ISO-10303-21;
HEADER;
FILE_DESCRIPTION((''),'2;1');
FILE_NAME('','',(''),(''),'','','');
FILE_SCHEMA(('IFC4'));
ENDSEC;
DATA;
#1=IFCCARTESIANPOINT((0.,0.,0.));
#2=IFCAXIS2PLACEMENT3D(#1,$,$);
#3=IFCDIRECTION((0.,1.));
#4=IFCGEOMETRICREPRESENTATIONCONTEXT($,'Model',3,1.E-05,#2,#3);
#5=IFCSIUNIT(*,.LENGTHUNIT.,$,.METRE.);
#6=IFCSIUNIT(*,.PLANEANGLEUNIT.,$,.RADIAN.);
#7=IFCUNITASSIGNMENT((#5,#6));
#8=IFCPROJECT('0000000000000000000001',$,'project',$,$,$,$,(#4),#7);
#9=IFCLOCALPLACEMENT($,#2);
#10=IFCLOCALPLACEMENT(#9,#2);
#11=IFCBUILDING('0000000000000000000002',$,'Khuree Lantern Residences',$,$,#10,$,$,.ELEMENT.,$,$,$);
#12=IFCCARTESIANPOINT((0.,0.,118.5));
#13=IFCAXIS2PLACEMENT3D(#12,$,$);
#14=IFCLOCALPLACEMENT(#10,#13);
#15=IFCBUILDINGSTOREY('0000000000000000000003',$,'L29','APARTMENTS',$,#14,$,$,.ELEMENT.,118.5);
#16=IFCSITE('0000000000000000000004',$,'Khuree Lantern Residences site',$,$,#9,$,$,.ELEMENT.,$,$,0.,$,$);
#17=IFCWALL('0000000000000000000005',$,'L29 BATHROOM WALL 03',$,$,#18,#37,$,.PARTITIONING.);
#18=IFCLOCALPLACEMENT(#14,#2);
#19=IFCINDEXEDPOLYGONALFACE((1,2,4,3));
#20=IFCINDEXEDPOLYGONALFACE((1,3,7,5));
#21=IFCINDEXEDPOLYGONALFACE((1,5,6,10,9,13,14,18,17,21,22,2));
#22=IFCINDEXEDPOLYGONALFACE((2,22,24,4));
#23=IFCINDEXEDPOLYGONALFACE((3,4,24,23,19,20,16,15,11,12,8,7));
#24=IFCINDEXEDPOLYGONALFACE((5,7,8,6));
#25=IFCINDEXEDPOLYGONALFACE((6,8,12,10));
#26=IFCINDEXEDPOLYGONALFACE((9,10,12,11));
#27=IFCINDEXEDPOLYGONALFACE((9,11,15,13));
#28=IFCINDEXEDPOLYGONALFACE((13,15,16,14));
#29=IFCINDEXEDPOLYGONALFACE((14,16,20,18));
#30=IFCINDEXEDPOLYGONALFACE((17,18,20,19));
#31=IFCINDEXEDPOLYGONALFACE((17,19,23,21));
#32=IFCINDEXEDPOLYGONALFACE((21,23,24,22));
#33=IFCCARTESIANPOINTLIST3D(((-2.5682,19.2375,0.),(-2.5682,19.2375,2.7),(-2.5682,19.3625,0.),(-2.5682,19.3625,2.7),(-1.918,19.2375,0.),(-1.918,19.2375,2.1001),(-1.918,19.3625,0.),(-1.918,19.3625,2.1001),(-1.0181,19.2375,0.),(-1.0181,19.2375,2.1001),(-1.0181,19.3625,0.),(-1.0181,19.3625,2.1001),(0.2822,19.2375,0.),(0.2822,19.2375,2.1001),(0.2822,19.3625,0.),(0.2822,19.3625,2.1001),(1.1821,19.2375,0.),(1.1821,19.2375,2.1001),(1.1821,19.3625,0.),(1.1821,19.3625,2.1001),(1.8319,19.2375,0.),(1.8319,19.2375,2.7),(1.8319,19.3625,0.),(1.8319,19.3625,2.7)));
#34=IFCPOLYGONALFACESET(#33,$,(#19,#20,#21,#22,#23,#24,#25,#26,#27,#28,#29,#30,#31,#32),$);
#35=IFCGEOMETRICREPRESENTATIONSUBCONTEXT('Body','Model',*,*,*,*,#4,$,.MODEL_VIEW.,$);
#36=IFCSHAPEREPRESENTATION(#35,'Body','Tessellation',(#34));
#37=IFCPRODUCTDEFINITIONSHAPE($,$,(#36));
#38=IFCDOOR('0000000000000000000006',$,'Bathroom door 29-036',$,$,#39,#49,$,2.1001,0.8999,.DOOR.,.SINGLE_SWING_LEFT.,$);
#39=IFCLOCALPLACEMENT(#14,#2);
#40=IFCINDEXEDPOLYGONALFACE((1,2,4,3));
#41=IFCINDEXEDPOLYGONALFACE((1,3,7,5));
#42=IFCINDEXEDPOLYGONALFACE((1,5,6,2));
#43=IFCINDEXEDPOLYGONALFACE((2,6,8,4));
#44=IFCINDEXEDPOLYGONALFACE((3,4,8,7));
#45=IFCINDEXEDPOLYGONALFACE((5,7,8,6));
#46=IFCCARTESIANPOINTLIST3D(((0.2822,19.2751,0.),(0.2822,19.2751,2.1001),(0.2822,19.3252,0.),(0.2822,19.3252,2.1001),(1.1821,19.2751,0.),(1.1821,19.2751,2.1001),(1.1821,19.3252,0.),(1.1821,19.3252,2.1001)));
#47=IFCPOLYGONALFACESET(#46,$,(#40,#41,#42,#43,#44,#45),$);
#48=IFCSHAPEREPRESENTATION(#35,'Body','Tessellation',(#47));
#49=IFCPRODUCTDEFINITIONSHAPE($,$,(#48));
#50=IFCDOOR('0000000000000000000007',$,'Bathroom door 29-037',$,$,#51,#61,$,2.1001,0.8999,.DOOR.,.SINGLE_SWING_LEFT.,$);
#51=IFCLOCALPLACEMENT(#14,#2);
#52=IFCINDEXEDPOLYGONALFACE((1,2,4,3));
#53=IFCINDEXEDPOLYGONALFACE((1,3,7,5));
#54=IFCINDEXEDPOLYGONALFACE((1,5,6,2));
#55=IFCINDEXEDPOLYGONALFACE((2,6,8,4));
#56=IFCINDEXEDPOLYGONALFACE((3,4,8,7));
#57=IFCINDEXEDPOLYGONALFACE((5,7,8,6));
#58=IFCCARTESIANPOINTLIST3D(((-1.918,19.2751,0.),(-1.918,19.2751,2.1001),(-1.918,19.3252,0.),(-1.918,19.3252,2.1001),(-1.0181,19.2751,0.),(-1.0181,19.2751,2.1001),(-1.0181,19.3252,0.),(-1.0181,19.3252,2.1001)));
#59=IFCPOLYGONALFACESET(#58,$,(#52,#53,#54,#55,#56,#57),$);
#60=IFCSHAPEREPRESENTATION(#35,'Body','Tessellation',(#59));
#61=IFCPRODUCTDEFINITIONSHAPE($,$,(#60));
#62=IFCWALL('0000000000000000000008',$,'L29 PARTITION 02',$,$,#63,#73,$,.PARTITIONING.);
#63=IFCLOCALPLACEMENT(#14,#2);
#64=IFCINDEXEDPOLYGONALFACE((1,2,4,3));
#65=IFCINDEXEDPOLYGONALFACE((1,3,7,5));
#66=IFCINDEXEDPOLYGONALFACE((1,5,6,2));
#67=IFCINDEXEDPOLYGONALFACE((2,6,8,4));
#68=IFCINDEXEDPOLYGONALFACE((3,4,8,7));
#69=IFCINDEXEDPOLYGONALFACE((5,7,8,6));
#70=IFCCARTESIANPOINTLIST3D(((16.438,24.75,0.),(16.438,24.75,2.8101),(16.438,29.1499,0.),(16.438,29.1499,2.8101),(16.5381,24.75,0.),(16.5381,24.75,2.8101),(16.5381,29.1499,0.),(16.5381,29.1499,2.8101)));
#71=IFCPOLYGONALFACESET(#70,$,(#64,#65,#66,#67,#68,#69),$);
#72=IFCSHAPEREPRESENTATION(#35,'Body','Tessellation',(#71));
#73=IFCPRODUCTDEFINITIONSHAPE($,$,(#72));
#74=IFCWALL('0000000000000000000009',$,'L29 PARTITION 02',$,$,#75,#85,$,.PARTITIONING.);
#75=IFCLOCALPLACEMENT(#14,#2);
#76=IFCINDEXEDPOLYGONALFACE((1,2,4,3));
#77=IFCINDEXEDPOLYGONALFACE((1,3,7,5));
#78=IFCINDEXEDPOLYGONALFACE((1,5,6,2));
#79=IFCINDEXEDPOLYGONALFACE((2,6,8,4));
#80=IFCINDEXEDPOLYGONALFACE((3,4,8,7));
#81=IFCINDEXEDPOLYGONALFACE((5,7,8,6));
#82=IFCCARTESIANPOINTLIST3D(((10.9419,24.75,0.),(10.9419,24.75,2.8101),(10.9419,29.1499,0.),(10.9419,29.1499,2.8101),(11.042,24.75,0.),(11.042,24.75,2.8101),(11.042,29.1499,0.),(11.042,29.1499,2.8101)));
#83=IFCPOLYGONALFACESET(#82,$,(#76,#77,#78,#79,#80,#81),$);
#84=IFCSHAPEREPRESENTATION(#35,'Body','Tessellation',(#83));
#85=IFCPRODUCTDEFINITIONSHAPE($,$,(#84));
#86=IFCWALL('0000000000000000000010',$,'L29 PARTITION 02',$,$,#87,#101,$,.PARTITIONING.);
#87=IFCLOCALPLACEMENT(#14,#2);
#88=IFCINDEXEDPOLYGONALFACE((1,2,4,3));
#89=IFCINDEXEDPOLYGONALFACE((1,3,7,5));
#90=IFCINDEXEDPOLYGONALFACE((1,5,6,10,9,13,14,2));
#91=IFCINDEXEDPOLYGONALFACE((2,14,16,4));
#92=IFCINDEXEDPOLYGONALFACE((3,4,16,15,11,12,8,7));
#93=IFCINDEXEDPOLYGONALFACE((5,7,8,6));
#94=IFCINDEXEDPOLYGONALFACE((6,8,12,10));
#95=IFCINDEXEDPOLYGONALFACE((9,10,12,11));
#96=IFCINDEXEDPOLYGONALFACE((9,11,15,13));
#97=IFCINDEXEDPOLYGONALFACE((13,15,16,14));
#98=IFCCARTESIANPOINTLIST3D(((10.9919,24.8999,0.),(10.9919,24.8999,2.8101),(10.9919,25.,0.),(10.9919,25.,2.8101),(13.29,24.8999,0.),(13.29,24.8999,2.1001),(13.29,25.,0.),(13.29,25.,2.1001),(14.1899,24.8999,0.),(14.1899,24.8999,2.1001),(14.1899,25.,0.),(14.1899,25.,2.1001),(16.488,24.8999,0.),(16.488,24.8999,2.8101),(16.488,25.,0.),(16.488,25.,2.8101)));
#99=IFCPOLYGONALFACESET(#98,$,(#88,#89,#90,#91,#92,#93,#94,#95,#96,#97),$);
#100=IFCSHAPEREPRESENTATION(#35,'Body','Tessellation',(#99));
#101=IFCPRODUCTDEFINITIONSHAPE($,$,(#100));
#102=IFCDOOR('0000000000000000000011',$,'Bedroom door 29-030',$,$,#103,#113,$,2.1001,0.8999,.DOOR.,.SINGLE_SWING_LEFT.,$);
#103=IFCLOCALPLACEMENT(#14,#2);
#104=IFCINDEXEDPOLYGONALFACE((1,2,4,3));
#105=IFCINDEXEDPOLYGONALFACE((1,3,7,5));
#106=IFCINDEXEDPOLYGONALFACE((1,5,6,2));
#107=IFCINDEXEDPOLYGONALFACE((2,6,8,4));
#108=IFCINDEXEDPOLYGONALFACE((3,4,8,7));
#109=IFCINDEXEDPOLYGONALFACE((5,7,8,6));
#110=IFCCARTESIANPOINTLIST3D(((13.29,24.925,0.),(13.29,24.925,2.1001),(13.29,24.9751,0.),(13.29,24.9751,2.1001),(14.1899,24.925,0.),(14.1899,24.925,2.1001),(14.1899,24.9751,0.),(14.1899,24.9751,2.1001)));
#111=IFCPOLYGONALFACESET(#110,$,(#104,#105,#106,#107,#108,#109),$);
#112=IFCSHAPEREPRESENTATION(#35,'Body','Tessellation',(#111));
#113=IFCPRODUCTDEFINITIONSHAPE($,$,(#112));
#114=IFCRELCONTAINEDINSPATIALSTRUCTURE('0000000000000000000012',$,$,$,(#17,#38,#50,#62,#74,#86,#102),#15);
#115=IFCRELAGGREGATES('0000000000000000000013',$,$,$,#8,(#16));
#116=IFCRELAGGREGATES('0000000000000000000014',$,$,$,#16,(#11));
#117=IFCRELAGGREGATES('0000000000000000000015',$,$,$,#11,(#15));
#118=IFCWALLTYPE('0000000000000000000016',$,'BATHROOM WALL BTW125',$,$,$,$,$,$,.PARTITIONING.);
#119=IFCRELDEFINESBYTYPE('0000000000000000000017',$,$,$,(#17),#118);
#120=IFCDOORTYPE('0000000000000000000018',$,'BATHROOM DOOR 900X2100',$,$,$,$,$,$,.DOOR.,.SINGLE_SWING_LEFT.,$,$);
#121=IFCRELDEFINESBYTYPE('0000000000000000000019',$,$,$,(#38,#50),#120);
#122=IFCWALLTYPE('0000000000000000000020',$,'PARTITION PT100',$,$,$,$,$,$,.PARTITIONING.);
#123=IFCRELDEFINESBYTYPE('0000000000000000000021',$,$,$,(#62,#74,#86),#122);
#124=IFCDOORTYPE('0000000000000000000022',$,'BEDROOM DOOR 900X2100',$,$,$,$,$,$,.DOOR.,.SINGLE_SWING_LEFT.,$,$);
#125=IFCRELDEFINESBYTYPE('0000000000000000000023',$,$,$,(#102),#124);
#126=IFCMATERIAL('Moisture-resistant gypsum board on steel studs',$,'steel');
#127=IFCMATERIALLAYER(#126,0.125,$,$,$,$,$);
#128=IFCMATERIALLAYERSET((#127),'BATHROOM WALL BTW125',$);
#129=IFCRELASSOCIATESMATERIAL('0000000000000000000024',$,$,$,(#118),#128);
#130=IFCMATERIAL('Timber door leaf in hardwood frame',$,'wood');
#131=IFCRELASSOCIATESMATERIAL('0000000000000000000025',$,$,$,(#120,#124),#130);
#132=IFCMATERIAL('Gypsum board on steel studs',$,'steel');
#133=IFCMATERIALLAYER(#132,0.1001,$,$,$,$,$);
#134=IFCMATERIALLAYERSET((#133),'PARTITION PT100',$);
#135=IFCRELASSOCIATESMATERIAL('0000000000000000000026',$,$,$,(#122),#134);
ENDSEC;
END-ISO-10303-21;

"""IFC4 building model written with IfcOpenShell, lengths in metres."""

from ifc_helpers import new_model, si_unit, direction, frame, frame_2d, origin, place, context, subcontext, project, spatial, rectangle, extrude, material, layer, layer_set, type_object, element, fill, save


model = new_model("IFC4")

# Units and contexts
model_context = context("Model", 3, precision=1e-05, world=origin(), true_north=direction((0.0, 1.0)))
body_context = subcontext(model_context, "Body", "Model", "MODEL_VIEW")
ifc_project = project(units=[si_unit("LENGTHUNIT", "METRE"), si_unit("PLANEANGLEUNIT", "RADIAN")], contexts=[model_context])

# Site, building, storey
site_placement = place(None, origin())
site = spatial("IfcSite", under=ifc_project, at=site_placement, Name="Khuree Lantern Residences site", CompositionType="ELEMENT", RefElevation=0.0)
building_placement = place(site_placement, origin())
building = spatial("IfcBuilding", under=site, at=building_placement, Name="Khuree Lantern Residences", CompositionType="ELEMENT")
storey_placement = place(building_placement, frame((0.0, 0.0, 118.5)))
storey = spatial("IfcBuildingStorey", under=building, at=storey_placement, Name="L29", Description="APARTMENTS", CompositionType="ELEMENT", Elevation=118.5)

# Wall, openings, doors
ifc_material_1 = material(Name="Moisture-resistant gypsum board on steel studs", Category="steel")
ifc_layer_1 = layer(ifc_material_1, 0.125)
ifc_layer_set_1 = layer_set([ifc_layer_1], Name="BATHROOM WALL BTW125")
wall_type_1 = type_object("IfcWallType", Name="BATHROOM WALL BTW125", PredefinedType="PARTITIONING", material=ifc_layer_set_1)
wall_1_placement = place(storey_placement, frame((1.832, 19.3, 0.0), z_axis=(0.0, 0.0, 1.0), x_axis=(-1.0, 0.0, 0.0)))
wall_1 = element("IfcWall", 1, at=wall_1_placement, inside=storey, type_object=wall_type_1, Name="L29 BATHROOM WALL 03", PredefinedType="PARTITIONING", context=body_context, shape_type="SweptSolid", body=[
    extrude(rectangle(XDim=4.4001, YDim=0.125, at=frame_2d((2.2002, 0.0))), origin(), (0.0, 0.0, 1.0), 2.7),
])
opening_1_placement = place(wall_1_placement, frame((0.6499, 0.0, 0.0)))
opening_1 = element("IfcOpeningElement", 2, at=opening_1_placement, cuts=wall_1, PredefinedType="OPENING", context=body_context, shape_type="SweptSolid", body=[
    extrude(rectangle(XDim=0.8999, YDim=2.1001, at=frame_2d((0.45, 1.05))), frame((0.0, 0.0725, 0.0), z_axis=(0.0, -1.0, 0.0), x_axis=(1.0, 0.0, 0.0)), (0.0, 0.0, 1.0), 0.145),
])
opening_2_placement = place(wall_1_placement, frame((2.8501, 0.0, 0.0)))
opening_2 = element("IfcOpeningElement", 3, at=opening_2_placement, cuts=wall_1, PredefinedType="OPENING", context=body_context, shape_type="SweptSolid", body=[
    extrude(rectangle(XDim=0.8999, YDim=2.1001, at=frame_2d((0.45, 1.05))), frame((0.0, 0.0725, 0.0), z_axis=(0.0, -1.0, 0.0), x_axis=(1.0, 0.0, 0.0)), (0.0, 0.0, 1.0), 0.145),
])
ifc_material_2 = material(Name="Timber door leaf in hardwood frame", Category="wood")
door_type_1 = type_object("IfcDoorType", Name="BATHROOM DOOR 900X2100", OperationType="SINGLE_SWING_LEFT", PredefinedType="DOOR", material=ifc_material_2)
door_1_placement = place(opening_1_placement, origin())
door_1 = element("IfcDoor", 4, at=door_1_placement, inside=storey, type_object=door_type_1, Name="Bathroom door 29-036", OperationType="SINGLE_SWING_LEFT", OverallHeight=2.1001, OverallWidth=0.8999, PredefinedType="DOOR", context=body_context, shape_type="SweptSolid", body=[
    extrude(rectangle(XDim=0.8999, YDim=2.1001, at=frame_2d((0.45, 1.05))), frame((0.0, 0.0249, 0.0), z_axis=(0.0, -1.0, 0.0), x_axis=(1.0, 0.0, 0.0)), (0.0, 0.0, 1.0), 0.05),
])
fill(opening_1, door_1)
door_2_placement = place(opening_2_placement, origin())
door_2 = element("IfcDoor", 5, at=door_2_placement, inside=storey, type_object=door_type_1, Name="Bathroom door 29-037", OperationType="SINGLE_SWING_LEFT", OverallHeight=2.1001, OverallWidth=0.8999, PredefinedType="DOOR", context=body_context, shape_type="SweptSolid", body=[
    extrude(rectangle(XDim=0.8999, YDim=2.1001, at=frame_2d((0.45, 1.05))), frame((0.0, 0.0249, 0.0), z_axis=(0.0, -1.0, 0.0), x_axis=(1.0, 0.0, 0.0)), (0.0, 0.0, 1.0), 0.05),
])
fill(opening_2, door_2)

# Walls
ifc_material_3 = material(Name="Gypsum board on steel studs", Category="steel")
ifc_layer_2 = layer(ifc_material_3, 0.1001)
ifc_layer_set_2 = layer_set([ifc_layer_2], Name="PARTITION PT100")
wall_type_2 = type_object("IfcWallType", Name="PARTITION PT100", PredefinedType="PARTITIONING", material=ifc_layer_set_2)
for number, where, z_axis, x_axis, name in (
    (6, (16.488, 24.75, 0.0), (0.0, 0.0, 1.0), (0.0, 1.0, 0.0), "L29 PARTITION 02"),
    (7, (10.9919, 24.75, 0.0), (0.0, 0.0, 1.0), (0.0, 1.0, 0.0), "L29 PARTITION 02"),
):
    element("IfcWall", number, at=place(storey_placement, frame(where, z_axis=z_axis, x_axis=x_axis)), inside=storey, type_object=wall_type_2, Name=name, PredefinedType="PARTITIONING", context=body_context, shape_type="SweptSolid", body=[
        extrude(rectangle(XDim=4.3999, YDim=0.1001, at=frame_2d((2.2, 0.0))), origin(), (0.0, 0.0, 1.0), 2.8101),
    ])

# Wall, opening, door
wall_2_placement = place(storey_placement, frame((16.488, 24.95, 0.0), z_axis=(0.0, 0.0, 1.0), x_axis=(-1.0, 0.0, 0.0)))
wall_2 = element("IfcWall", 8, at=wall_2_placement, inside=storey, type_object=wall_type_2, Name="L29 PARTITION 02", PredefinedType="PARTITIONING", context=body_context, shape_type="SweptSolid", body=[
    extrude(rectangle(XDim=5.4961, YDim=0.1001, at=frame_2d((2.748, 0.0))), origin(), (0.0, 0.0, 1.0), 2.8101),
])
opening_3_placement = place(wall_2_placement, frame((2.2981, 0.0, 0.0)))
opening_3 = element("IfcOpeningElement", 9, at=opening_3_placement, cuts=wall_2, PredefinedType="OPENING", context=body_context, shape_type="SweptSolid", body=[
    extrude(rectangle(XDim=0.8999, YDim=2.1001, at=frame_2d((0.45, 1.05))), frame((0.0, 0.0601, 0.0), z_axis=(0.0, -1.0, 0.0), x_axis=(1.0, 0.0, 0.0)), (0.0, 0.0, 1.0), 0.1201),
])
door_type_2 = type_object("IfcDoorType", Name="BEDROOM DOOR 900X2100", OperationType="SINGLE_SWING_LEFT", PredefinedType="DOOR", material=ifc_material_2)
door_3_placement = place(opening_3_placement, origin())
door_3 = element("IfcDoor", 10, at=door_3_placement, inside=storey, type_object=door_type_2, Name="Bedroom door 29-030", OperationType="SINGLE_SWING_LEFT", OverallHeight=2.1001, OverallWidth=0.8999, PredefinedType="DOOR", context=body_context, shape_type="SweptSolid", body=[
    extrude(rectangle(XDim=0.8999, YDim=2.1001, at=frame_2d((0.45, 1.05))), frame((0.0, 0.0249, 0.0), z_axis=(0.0, -1.0, 0.0), x_axis=(1.0, 0.0, 0.0)), (0.0, 0.0, 1.0), 0.05),
])
fill(opening_3, door_3)

save(model, "model.ifc")
